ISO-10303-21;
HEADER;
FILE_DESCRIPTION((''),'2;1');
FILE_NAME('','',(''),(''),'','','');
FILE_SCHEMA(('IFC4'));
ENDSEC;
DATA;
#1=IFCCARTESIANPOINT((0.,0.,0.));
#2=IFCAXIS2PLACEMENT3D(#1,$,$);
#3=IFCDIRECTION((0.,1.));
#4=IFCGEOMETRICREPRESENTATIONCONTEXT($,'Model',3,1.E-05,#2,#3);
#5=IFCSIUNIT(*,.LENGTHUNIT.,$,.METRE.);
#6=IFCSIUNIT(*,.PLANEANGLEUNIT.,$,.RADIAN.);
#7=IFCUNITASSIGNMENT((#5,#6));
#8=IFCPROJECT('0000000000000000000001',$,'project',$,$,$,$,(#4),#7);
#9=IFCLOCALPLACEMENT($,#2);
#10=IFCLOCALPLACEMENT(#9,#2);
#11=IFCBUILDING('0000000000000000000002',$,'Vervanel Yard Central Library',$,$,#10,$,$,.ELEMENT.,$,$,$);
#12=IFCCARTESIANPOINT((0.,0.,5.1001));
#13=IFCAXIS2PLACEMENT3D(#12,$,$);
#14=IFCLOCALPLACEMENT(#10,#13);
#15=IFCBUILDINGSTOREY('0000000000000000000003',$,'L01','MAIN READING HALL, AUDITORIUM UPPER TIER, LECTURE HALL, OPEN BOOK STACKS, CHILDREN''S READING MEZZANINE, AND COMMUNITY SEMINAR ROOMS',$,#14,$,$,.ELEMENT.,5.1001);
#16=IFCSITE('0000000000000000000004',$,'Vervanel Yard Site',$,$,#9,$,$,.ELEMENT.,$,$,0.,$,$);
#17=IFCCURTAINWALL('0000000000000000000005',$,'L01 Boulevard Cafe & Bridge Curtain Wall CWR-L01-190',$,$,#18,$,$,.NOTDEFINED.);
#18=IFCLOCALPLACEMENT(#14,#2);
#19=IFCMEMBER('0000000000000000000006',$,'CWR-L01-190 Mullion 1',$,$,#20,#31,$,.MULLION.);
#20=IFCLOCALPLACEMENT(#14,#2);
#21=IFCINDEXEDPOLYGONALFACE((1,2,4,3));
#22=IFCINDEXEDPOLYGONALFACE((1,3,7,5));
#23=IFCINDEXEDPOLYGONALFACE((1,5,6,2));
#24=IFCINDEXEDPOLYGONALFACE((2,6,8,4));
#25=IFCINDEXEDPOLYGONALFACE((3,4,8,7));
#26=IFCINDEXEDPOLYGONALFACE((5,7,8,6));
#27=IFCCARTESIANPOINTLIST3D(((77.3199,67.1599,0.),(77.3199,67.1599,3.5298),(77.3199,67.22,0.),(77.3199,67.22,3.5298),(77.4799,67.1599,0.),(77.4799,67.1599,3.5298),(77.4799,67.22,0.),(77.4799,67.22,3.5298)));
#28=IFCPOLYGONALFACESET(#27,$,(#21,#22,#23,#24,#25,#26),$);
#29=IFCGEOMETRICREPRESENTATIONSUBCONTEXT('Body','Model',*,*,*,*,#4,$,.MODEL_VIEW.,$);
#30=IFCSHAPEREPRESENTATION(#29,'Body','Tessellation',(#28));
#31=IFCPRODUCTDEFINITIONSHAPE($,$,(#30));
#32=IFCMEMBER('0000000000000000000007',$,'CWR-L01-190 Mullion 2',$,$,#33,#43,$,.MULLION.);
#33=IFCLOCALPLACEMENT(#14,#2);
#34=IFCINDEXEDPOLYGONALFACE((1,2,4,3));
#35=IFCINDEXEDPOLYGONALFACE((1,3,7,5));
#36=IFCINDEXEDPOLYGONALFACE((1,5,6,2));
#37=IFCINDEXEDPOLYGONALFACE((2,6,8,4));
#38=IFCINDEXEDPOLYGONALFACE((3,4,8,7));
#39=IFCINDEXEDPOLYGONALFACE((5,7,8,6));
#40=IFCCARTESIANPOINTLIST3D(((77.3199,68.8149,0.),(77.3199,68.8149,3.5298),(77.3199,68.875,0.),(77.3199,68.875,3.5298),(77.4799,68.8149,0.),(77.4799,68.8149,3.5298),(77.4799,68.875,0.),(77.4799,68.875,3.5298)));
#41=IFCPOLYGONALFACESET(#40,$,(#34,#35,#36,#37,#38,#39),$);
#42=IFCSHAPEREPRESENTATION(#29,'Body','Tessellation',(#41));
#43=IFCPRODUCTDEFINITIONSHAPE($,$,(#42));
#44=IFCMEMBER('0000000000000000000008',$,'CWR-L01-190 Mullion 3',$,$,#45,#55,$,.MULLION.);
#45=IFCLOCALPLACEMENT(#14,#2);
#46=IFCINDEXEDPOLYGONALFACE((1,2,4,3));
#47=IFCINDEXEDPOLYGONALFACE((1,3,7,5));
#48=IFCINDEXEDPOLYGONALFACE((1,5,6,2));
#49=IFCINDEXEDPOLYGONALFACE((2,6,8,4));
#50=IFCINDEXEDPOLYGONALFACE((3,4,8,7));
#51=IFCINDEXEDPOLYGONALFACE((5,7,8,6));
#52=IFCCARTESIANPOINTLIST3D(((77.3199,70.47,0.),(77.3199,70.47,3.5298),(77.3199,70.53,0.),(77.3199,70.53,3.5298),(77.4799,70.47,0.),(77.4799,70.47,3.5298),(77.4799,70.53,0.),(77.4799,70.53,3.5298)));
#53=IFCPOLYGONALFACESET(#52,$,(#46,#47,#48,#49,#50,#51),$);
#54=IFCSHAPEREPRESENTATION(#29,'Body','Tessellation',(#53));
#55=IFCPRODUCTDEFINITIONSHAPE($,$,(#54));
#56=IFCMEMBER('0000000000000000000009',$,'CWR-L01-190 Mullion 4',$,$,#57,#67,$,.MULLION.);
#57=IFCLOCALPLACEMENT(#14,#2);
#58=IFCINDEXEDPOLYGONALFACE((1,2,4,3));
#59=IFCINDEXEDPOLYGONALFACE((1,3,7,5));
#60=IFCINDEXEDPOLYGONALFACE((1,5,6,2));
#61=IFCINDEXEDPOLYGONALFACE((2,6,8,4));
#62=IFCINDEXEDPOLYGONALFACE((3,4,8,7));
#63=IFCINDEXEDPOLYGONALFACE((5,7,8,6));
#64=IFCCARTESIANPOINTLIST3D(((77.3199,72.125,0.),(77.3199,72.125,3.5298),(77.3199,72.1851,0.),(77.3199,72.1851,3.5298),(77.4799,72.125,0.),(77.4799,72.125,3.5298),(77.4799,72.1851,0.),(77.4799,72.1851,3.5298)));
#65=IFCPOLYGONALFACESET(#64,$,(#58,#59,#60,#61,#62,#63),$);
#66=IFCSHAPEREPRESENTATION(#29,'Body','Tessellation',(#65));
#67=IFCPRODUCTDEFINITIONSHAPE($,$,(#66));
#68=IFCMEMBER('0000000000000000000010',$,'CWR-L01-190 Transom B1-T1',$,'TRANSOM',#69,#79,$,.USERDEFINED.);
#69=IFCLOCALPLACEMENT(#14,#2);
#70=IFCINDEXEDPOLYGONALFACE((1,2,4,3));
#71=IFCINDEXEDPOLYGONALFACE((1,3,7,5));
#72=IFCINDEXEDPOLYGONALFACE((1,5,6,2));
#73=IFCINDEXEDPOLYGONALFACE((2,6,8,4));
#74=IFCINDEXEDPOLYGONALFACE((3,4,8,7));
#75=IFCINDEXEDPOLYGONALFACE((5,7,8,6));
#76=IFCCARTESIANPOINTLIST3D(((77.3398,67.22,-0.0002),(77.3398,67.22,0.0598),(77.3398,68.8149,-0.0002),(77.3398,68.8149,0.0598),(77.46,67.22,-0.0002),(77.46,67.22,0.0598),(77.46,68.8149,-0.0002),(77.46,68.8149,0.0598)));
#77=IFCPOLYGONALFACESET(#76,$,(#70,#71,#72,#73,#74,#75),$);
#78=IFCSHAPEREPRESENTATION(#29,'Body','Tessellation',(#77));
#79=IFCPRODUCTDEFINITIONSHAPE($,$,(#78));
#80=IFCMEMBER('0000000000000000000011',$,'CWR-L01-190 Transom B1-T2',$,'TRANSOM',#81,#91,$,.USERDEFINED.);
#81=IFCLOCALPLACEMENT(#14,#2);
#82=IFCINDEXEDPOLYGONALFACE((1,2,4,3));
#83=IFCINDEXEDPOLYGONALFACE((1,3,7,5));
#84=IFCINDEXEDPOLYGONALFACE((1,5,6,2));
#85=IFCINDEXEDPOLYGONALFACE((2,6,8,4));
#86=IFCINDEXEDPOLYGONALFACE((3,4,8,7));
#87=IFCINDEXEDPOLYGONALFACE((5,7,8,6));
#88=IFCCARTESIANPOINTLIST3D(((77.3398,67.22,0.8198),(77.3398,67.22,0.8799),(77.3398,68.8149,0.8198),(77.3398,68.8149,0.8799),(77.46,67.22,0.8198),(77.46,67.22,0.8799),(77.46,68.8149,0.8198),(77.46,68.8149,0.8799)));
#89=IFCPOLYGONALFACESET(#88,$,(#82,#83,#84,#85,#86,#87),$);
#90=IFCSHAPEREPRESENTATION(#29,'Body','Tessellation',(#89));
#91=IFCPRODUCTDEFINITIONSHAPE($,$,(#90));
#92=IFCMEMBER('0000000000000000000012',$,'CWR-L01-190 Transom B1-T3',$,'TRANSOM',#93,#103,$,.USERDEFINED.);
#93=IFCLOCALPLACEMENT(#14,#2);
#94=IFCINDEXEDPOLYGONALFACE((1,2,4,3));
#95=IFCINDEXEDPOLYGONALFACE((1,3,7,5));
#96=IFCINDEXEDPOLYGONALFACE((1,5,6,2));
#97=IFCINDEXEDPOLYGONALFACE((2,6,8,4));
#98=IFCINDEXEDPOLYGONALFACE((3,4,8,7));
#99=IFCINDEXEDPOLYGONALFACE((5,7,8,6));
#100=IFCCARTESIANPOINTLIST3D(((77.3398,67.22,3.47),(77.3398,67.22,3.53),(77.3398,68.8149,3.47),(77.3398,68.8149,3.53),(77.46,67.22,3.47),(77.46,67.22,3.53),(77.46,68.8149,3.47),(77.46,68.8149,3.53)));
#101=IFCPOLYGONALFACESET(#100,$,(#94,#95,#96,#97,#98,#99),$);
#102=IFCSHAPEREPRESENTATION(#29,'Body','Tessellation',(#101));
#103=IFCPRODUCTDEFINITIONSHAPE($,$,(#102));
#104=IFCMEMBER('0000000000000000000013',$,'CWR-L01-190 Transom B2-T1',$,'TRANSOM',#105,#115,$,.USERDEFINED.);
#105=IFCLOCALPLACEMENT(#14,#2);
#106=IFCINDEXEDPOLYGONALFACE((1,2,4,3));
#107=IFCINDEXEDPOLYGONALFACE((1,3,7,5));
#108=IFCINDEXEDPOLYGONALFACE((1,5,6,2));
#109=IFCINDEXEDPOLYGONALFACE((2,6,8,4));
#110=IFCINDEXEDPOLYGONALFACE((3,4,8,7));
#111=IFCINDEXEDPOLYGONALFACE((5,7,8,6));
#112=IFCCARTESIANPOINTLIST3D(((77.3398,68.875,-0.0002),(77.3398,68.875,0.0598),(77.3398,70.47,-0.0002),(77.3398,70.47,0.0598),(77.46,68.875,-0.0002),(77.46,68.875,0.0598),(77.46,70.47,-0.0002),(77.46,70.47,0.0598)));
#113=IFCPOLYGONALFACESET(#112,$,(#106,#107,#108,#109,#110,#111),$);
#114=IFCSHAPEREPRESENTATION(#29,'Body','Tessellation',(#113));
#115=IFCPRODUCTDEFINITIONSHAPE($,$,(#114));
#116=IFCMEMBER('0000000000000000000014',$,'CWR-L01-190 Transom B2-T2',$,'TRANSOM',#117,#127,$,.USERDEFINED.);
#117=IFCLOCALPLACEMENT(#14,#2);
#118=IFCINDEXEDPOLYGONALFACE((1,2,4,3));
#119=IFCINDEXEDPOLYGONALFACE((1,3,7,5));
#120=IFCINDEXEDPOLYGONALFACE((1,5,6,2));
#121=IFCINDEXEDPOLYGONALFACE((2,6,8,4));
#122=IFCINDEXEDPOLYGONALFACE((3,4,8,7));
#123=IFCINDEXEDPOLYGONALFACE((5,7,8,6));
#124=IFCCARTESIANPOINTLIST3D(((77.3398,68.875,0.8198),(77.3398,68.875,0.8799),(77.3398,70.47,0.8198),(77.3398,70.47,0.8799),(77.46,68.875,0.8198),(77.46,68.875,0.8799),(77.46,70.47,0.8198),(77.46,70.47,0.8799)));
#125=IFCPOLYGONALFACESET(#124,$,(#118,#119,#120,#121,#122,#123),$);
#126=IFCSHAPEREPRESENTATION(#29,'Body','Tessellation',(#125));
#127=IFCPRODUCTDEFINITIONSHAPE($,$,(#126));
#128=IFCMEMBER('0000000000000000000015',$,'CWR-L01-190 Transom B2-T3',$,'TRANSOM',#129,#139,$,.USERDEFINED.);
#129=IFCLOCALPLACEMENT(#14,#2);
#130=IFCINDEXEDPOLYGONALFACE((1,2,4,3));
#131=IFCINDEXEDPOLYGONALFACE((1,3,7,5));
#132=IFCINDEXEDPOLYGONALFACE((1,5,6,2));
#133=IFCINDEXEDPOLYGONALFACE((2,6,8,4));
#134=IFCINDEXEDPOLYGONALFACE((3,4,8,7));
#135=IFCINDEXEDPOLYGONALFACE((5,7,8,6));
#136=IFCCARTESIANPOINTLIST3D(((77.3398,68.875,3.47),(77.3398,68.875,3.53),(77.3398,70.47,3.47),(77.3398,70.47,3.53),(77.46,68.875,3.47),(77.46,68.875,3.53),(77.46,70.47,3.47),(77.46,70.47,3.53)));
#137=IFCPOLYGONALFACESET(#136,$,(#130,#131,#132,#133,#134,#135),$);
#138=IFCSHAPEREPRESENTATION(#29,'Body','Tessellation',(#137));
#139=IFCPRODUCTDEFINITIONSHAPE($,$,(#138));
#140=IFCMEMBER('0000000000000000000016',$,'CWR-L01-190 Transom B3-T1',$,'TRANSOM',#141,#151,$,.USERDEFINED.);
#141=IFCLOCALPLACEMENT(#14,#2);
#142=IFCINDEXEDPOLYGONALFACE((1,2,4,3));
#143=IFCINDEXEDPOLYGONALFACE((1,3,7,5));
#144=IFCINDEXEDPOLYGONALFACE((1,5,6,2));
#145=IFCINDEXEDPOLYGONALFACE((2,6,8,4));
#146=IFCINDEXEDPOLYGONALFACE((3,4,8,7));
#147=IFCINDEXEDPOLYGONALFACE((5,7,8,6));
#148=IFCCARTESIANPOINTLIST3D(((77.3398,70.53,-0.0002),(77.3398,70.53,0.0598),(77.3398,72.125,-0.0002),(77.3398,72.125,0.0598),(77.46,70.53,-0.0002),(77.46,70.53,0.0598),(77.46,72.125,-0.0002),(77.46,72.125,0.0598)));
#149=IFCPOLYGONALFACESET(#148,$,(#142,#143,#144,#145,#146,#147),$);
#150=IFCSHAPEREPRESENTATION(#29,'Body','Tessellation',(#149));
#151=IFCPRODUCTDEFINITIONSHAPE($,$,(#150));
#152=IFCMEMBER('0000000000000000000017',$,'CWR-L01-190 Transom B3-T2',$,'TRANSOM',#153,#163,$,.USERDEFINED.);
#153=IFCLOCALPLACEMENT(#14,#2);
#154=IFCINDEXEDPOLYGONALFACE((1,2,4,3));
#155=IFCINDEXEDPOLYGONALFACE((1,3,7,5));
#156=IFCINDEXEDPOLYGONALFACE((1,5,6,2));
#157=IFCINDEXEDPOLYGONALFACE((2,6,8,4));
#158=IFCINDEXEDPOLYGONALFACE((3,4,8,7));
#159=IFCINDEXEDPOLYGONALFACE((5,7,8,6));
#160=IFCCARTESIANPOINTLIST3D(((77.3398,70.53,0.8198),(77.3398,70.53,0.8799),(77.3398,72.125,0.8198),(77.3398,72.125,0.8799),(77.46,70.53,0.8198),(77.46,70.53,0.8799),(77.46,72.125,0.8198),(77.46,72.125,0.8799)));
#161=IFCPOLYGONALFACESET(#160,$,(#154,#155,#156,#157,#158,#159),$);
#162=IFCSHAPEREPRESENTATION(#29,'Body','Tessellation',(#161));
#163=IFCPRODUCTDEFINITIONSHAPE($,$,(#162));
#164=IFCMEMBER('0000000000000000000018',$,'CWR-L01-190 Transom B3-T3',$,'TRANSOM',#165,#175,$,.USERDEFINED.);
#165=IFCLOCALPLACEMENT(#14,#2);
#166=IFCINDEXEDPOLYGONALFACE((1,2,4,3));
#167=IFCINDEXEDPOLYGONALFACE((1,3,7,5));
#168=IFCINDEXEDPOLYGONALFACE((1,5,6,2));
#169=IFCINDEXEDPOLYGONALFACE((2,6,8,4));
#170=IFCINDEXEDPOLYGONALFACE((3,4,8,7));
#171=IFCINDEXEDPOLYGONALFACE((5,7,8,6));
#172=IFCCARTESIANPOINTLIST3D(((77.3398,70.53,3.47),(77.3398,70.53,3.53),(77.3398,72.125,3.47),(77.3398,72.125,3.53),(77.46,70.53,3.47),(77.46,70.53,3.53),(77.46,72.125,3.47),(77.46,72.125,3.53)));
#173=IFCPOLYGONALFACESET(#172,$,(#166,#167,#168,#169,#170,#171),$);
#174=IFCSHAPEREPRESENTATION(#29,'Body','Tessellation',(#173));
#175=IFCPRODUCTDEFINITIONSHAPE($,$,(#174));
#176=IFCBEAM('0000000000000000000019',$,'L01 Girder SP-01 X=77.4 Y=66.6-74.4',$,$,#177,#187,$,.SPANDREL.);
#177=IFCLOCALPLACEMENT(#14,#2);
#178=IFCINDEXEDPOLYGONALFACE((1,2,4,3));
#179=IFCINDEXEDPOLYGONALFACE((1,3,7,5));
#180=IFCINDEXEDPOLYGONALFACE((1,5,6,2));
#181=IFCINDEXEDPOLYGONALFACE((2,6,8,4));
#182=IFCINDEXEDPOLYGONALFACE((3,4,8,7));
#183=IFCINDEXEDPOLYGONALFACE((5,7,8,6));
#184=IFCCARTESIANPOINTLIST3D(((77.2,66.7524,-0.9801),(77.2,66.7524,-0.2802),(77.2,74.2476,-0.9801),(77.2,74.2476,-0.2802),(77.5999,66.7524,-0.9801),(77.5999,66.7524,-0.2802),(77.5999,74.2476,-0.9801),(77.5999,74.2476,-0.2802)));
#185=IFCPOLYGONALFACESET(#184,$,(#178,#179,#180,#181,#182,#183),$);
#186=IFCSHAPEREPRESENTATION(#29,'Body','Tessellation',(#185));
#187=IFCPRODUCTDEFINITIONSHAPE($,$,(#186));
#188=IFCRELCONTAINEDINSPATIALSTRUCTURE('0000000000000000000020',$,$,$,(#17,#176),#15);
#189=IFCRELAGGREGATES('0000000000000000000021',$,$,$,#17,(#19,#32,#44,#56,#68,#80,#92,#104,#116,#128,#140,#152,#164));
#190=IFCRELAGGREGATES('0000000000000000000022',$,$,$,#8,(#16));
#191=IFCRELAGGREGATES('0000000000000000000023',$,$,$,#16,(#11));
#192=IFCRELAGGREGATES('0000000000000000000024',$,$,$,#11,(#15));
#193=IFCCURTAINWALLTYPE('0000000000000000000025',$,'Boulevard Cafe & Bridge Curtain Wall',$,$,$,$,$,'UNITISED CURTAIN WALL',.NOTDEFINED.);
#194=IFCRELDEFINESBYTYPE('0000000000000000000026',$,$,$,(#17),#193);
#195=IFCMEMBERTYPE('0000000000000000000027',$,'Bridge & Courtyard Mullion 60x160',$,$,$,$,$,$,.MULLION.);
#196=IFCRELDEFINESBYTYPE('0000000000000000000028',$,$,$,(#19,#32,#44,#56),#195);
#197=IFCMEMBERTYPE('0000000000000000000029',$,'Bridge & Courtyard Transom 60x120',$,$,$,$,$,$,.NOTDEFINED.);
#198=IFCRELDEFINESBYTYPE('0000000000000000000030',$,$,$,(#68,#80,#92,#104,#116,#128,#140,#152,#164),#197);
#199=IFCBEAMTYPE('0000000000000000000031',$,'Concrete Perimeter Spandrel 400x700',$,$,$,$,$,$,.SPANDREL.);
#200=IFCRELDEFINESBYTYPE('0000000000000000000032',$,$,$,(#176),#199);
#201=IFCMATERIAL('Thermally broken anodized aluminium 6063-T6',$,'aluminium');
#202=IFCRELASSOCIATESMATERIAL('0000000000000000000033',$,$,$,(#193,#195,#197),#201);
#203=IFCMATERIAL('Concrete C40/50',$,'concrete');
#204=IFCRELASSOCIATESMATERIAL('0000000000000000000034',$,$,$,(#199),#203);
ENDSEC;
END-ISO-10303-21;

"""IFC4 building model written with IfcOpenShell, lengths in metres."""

from ifc_helpers import new_model, si_unit, direction, frame, origin, origin_2d, place, context, subcontext, project, spatial, rectangle, extrude, material, material_profile, profile_set, type_object, element, aggregate, save


model = new_model("IFC4")

# Units and contexts
model_context = context("Model", 3, precision=1e-05, world=origin(), true_north=direction((0.0, 1.0)))
body_context = subcontext(model_context, "Body", "Model", "MODEL_VIEW")
ifc_project = project(units=[si_unit("LENGTHUNIT", "METRE"), si_unit("PLANEANGLEUNIT", "RADIAN")], contexts=[model_context])

# Site, building, storey
site_placement = place(None, origin())
site = spatial("IfcSite", under=ifc_project, at=site_placement, Name="Vervanel Yard Site", CompositionType="ELEMENT", RefElevation=0.0)
building_placement = place(site_placement, origin())
building = spatial("IfcBuilding", under=site, at=building_placement, Name="Vervanel Yard Central Library", CompositionType="ELEMENT")
storey_placement = place(building_placement, frame((0.0, 0.0, 5.1001)))
storey = spatial("IfcBuildingStorey", under=building, at=storey_placement, Name="L01", Description="MAIN READING HALL, AUDITORIUM UPPER TIER, LECTURE HALL, OPEN BOOK STACKS, CHILDREN'S READING MEZZANINE, AND COMMUNITY SEMINAR ROOMS", CompositionType="ELEMENT", Elevation=5.1001)

# Curtain wall, members
ifc_material_1 = material(Name="Thermally broken anodized aluminium 6063-T6", Category="aluminium")
curtain_wall_type = type_object("IfcCurtainWallType", Name="Boulevard Cafe & Bridge Curtain Wall", ElementType="UNITISED CURTAIN WALL", PredefinedType="NOTDEFINED", material=ifc_material_1)
curtain_wall_placement = place(storey_placement, origin())
curtain_wall = element("IfcCurtainWall", 1, at=curtain_wall_placement, inside=storey, type_object=curtain_wall_type, Name="L01 Boulevard Cafe & Bridge Curtain Wall CWR-L01-190", PredefinedType="NOTDEFINED")
ifc_material_profile_1 = material_profile(ifc_material_1, rectangle(XDim=0.0601, YDim=0.1599, at=origin_2d()), Name="ALU 60x160", Category="aluminium")
ifc_profile_set_1 = profile_set([ifc_material_profile_1], Name="Thermally broken anodized aluminium 6063-T6")
member_type_1 = type_object("IfcMemberType", Name="Bridge & Courtyard Mullion 60x160", PredefinedType="MULLION", material=ifc_profile_set_1)
member_1_placement = place(storey_placement, frame((77.3999, 67.1899, 0.0), z_axis=(0.0, 0.0, 1.0), x_axis=(0.0, 1.0, 0.0)))
member_1 = element("IfcMember", 2, at=member_1_placement, type_object=member_type_1, Name="CWR-L01-190 Mullion 1", PredefinedType="MULLION", context=body_context, shape_type="SweptSolid", body=[
    extrude(rectangle(XDim=0.0601, YDim=0.1599, at=origin_2d()), origin(), (0.0, 0.0, 1.0), 3.5298),
])
member_2_placement = place(storey_placement, frame((77.3999, 68.845, 0.0), z_axis=(0.0, 0.0, 1.0), x_axis=(0.0, 1.0, 0.0)))
member_2 = element("IfcMember", 3, at=member_2_placement, type_object=member_type_1, Name="CWR-L01-190 Mullion 2", PredefinedType="MULLION", context=body_context, shape_type="SweptSolid", body=[
    extrude(rectangle(XDim=0.0601, YDim=0.1599, at=origin_2d()), origin(), (0.0, 0.0, 1.0), 3.5298),
])
member_3_placement = place(storey_placement, frame((77.3999, 70.5, 0.0), z_axis=(0.0, 0.0, 1.0), x_axis=(0.0, 1.0, 0.0)))
member_3 = element("IfcMember", 4, at=member_3_placement, type_object=member_type_1, Name="CWR-L01-190 Mullion 3", PredefinedType="MULLION", context=body_context, shape_type="SweptSolid", body=[
    extrude(rectangle(XDim=0.0601, YDim=0.1599, at=origin_2d()), origin(), (0.0, 0.0, 1.0), 3.5298),
])
member_4_placement = place(storey_placement, frame((77.3999, 72.155, 0.0), z_axis=(0.0, 0.0, 1.0), x_axis=(0.0, 1.0, 0.0)))
member_4 = element("IfcMember", 5, at=member_4_placement, type_object=member_type_1, Name="CWR-L01-190 Mullion 4", PredefinedType="MULLION", context=body_context, shape_type="SweptSolid", body=[
    extrude(rectangle(XDim=0.0601, YDim=0.1599, at=origin_2d()), origin(), (0.0, 0.0, 1.0), 3.5298),
])
ifc_material_profile_2 = material_profile(ifc_material_1, rectangle(XDim=0.0601, YDim=0.1201, at=origin_2d()), Name="ALU 60x120", Category="aluminium")
ifc_profile_set_2 = profile_set([ifc_material_profile_2], Name="Thermally broken anodized aluminium 6063-T6")
member_type_2 = type_object("IfcMemberType", Name="Bridge & Courtyard Transom 60x120", PredefinedType="NOTDEFINED", material=ifc_profile_set_2)
member_5_placement = place(storey_placement, frame((77.3999, 67.22, 0.0298), z_axis=(0.0, 1.0, 0.0), x_axis=(0.0, 0.0, 1.0)))
member_5 = element("IfcMember", 6, at=member_5_placement, type_object=member_type_2, Name="CWR-L01-190 Transom B1-T1", ObjectType="TRANSOM", PredefinedType="USERDEFINED", context=body_context, shape_type="SweptSolid", body=[
    extrude(rectangle(XDim=0.0601, YDim=0.1201, at=origin_2d()), origin(), (0.0, 0.0, 1.0), 1.595),
])
member_6_placement = place(storey_placement, frame((77.3999, 67.22, 0.8499), z_axis=(0.0, 1.0, 0.0), x_axis=(0.0, 0.0, 1.0)))
member_6 = element("IfcMember", 7, at=member_6_placement, type_object=member_type_2, Name="CWR-L01-190 Transom B1-T2", ObjectType="TRANSOM", PredefinedType="USERDEFINED", context=body_context, shape_type="SweptSolid", body=[
    extrude(rectangle(XDim=0.0601, YDim=0.1201, at=origin_2d()), origin(), (0.0, 0.0, 1.0), 1.595),
])
member_7_placement = place(storey_placement, frame((77.3999, 67.22, 3.5), z_axis=(0.0, 1.0, 0.0), x_axis=(0.0, 0.0, 1.0)))
member_7 = element("IfcMember", 8, at=member_7_placement, type_object=member_type_2, Name="CWR-L01-190 Transom B1-T3", ObjectType="TRANSOM", PredefinedType="USERDEFINED", context=body_context, shape_type="SweptSolid", body=[
    extrude(rectangle(XDim=0.0601, YDim=0.1201, at=origin_2d()), origin(), (0.0, 0.0, 1.0), 1.595),
])
member_8_placement = place(storey_placement, frame((77.3999, 68.875, 0.0298), z_axis=(0.0, 1.0, 0.0), x_axis=(0.0, 0.0, 1.0)))
member_8 = element("IfcMember", 9, at=member_8_placement, type_object=member_type_2, Name="CWR-L01-190 Transom B2-T1", ObjectType="TRANSOM", PredefinedType="USERDEFINED", context=body_context, shape_type="SweptSolid", body=[
    extrude(rectangle(XDim=0.0601, YDim=0.1201, at=origin_2d()), origin(), (0.0, 0.0, 1.0), 1.595),
])
member_9_placement = place(storey_placement, frame((77.3999, 68.875, 0.8499), z_axis=(0.0, 1.0, 0.0), x_axis=(0.0, 0.0, 1.0)))
member_9 = element("IfcMember", 10, at=member_9_placement, type_object=member_type_2, Name="CWR-L01-190 Transom B2-T2", ObjectType="TRANSOM", PredefinedType="USERDEFINED", context=body_context, shape_type="SweptSolid", body=[
    extrude(rectangle(XDim=0.0601, YDim=0.1201, at=origin_2d()), origin(), (0.0, 0.0, 1.0), 1.595),
])
member_10_placement = place(storey_placement, frame((77.3999, 68.875, 3.5), z_axis=(0.0, 1.0, 0.0), x_axis=(0.0, 0.0, 1.0)))
member_10 = element("IfcMember", 11, at=member_10_placement, type_object=member_type_2, Name="CWR-L01-190 Transom B2-T3", ObjectType="TRANSOM", PredefinedType="USERDEFINED", context=body_context, shape_type="SweptSolid", body=[
    extrude(rectangle(XDim=0.0601, YDim=0.1201, at=origin_2d()), origin(), (0.0, 0.0, 1.0), 1.595),
])
member_11_placement = place(storey_placement, frame((77.3999, 70.53, 0.0298), z_axis=(0.0, 1.0, 0.0), x_axis=(0.0, 0.0, 1.0)))
member_11 = element("IfcMember", 12, at=member_11_placement, type_object=member_type_2, Name="CWR-L01-190 Transom B3-T1", ObjectType="TRANSOM", PredefinedType="USERDEFINED", context=body_context, shape_type="SweptSolid", body=[
    extrude(rectangle(XDim=0.0601, YDim=0.1201, at=origin_2d()), origin(), (0.0, 0.0, 1.0), 1.595),
])
member_12_placement = place(storey_placement, frame((77.3999, 70.53, 0.8499), z_axis=(0.0, 1.0, 0.0), x_axis=(0.0, 0.0, 1.0)))
member_12 = element("IfcMember", 13, at=member_12_placement, type_object=member_type_2, Name="CWR-L01-190 Transom B3-T2", ObjectType="TRANSOM", PredefinedType="USERDEFINED", context=body_context, shape_type="SweptSolid", body=[
    extrude(rectangle(XDim=0.0601, YDim=0.1201, at=origin_2d()), origin(), (0.0, 0.0, 1.0), 1.595),
])
member_13_placement = place(storey_placement, frame((77.3999, 70.53, 3.5), z_axis=(0.0, 1.0, 0.0), x_axis=(0.0, 0.0, 1.0)))
member_13 = element("IfcMember", 14, at=member_13_placement, type_object=member_type_2, Name="CWR-L01-190 Transom B3-T3", ObjectType="TRANSOM", PredefinedType="USERDEFINED", context=body_context, shape_type="SweptSolid", body=[
    extrude(rectangle(XDim=0.0601, YDim=0.1201, at=origin_2d()), origin(), (0.0, 0.0, 1.0), 1.595),
])

# Beam
ifc_material_2 = material(Name="Concrete C40/50", Category="concrete")
ifc_material_profile_3 = material_profile(ifc_material_2, rectangle(XDim=0.3999, YDim=0.7, at=origin_2d()), Name="RC 400x700", Category="concrete")
ifc_profile_set_3 = profile_set([ifc_material_profile_3], Name="Concrete C40/50")
beam_type = type_object("IfcBeamType", Name="Concrete Perimeter Spandrel 400x700", PredefinedType="SPANDREL", material=ifc_profile_set_3)
beam_placement = place(storey_placement, frame((77.3999, 66.7524, -0.6301), z_axis=(0.0, 1.0, 0.0), x_axis=(-1.0, 0.0, 0.0)))
element("IfcBeam", 15, at=beam_placement, inside=storey, type_object=beam_type, Name="L01 Girder SP-01 X=77.4 Y=66.6-74.4", PredefinedType="SPANDREL", context=body_context, shape_type="SweptSolid", body=[
    extrude(rectangle(XDim=0.3999, YDim=0.7, at=origin_2d()), origin(), (0.0, 0.0, 1.0), 7.4951),
])

aggregate(curtain_wall, [member_1, member_2, member_3, member_4, member_5, member_6, member_7, member_8, member_9, member_10, member_11, member_12, member_13])

save(model, "model.ifc")
